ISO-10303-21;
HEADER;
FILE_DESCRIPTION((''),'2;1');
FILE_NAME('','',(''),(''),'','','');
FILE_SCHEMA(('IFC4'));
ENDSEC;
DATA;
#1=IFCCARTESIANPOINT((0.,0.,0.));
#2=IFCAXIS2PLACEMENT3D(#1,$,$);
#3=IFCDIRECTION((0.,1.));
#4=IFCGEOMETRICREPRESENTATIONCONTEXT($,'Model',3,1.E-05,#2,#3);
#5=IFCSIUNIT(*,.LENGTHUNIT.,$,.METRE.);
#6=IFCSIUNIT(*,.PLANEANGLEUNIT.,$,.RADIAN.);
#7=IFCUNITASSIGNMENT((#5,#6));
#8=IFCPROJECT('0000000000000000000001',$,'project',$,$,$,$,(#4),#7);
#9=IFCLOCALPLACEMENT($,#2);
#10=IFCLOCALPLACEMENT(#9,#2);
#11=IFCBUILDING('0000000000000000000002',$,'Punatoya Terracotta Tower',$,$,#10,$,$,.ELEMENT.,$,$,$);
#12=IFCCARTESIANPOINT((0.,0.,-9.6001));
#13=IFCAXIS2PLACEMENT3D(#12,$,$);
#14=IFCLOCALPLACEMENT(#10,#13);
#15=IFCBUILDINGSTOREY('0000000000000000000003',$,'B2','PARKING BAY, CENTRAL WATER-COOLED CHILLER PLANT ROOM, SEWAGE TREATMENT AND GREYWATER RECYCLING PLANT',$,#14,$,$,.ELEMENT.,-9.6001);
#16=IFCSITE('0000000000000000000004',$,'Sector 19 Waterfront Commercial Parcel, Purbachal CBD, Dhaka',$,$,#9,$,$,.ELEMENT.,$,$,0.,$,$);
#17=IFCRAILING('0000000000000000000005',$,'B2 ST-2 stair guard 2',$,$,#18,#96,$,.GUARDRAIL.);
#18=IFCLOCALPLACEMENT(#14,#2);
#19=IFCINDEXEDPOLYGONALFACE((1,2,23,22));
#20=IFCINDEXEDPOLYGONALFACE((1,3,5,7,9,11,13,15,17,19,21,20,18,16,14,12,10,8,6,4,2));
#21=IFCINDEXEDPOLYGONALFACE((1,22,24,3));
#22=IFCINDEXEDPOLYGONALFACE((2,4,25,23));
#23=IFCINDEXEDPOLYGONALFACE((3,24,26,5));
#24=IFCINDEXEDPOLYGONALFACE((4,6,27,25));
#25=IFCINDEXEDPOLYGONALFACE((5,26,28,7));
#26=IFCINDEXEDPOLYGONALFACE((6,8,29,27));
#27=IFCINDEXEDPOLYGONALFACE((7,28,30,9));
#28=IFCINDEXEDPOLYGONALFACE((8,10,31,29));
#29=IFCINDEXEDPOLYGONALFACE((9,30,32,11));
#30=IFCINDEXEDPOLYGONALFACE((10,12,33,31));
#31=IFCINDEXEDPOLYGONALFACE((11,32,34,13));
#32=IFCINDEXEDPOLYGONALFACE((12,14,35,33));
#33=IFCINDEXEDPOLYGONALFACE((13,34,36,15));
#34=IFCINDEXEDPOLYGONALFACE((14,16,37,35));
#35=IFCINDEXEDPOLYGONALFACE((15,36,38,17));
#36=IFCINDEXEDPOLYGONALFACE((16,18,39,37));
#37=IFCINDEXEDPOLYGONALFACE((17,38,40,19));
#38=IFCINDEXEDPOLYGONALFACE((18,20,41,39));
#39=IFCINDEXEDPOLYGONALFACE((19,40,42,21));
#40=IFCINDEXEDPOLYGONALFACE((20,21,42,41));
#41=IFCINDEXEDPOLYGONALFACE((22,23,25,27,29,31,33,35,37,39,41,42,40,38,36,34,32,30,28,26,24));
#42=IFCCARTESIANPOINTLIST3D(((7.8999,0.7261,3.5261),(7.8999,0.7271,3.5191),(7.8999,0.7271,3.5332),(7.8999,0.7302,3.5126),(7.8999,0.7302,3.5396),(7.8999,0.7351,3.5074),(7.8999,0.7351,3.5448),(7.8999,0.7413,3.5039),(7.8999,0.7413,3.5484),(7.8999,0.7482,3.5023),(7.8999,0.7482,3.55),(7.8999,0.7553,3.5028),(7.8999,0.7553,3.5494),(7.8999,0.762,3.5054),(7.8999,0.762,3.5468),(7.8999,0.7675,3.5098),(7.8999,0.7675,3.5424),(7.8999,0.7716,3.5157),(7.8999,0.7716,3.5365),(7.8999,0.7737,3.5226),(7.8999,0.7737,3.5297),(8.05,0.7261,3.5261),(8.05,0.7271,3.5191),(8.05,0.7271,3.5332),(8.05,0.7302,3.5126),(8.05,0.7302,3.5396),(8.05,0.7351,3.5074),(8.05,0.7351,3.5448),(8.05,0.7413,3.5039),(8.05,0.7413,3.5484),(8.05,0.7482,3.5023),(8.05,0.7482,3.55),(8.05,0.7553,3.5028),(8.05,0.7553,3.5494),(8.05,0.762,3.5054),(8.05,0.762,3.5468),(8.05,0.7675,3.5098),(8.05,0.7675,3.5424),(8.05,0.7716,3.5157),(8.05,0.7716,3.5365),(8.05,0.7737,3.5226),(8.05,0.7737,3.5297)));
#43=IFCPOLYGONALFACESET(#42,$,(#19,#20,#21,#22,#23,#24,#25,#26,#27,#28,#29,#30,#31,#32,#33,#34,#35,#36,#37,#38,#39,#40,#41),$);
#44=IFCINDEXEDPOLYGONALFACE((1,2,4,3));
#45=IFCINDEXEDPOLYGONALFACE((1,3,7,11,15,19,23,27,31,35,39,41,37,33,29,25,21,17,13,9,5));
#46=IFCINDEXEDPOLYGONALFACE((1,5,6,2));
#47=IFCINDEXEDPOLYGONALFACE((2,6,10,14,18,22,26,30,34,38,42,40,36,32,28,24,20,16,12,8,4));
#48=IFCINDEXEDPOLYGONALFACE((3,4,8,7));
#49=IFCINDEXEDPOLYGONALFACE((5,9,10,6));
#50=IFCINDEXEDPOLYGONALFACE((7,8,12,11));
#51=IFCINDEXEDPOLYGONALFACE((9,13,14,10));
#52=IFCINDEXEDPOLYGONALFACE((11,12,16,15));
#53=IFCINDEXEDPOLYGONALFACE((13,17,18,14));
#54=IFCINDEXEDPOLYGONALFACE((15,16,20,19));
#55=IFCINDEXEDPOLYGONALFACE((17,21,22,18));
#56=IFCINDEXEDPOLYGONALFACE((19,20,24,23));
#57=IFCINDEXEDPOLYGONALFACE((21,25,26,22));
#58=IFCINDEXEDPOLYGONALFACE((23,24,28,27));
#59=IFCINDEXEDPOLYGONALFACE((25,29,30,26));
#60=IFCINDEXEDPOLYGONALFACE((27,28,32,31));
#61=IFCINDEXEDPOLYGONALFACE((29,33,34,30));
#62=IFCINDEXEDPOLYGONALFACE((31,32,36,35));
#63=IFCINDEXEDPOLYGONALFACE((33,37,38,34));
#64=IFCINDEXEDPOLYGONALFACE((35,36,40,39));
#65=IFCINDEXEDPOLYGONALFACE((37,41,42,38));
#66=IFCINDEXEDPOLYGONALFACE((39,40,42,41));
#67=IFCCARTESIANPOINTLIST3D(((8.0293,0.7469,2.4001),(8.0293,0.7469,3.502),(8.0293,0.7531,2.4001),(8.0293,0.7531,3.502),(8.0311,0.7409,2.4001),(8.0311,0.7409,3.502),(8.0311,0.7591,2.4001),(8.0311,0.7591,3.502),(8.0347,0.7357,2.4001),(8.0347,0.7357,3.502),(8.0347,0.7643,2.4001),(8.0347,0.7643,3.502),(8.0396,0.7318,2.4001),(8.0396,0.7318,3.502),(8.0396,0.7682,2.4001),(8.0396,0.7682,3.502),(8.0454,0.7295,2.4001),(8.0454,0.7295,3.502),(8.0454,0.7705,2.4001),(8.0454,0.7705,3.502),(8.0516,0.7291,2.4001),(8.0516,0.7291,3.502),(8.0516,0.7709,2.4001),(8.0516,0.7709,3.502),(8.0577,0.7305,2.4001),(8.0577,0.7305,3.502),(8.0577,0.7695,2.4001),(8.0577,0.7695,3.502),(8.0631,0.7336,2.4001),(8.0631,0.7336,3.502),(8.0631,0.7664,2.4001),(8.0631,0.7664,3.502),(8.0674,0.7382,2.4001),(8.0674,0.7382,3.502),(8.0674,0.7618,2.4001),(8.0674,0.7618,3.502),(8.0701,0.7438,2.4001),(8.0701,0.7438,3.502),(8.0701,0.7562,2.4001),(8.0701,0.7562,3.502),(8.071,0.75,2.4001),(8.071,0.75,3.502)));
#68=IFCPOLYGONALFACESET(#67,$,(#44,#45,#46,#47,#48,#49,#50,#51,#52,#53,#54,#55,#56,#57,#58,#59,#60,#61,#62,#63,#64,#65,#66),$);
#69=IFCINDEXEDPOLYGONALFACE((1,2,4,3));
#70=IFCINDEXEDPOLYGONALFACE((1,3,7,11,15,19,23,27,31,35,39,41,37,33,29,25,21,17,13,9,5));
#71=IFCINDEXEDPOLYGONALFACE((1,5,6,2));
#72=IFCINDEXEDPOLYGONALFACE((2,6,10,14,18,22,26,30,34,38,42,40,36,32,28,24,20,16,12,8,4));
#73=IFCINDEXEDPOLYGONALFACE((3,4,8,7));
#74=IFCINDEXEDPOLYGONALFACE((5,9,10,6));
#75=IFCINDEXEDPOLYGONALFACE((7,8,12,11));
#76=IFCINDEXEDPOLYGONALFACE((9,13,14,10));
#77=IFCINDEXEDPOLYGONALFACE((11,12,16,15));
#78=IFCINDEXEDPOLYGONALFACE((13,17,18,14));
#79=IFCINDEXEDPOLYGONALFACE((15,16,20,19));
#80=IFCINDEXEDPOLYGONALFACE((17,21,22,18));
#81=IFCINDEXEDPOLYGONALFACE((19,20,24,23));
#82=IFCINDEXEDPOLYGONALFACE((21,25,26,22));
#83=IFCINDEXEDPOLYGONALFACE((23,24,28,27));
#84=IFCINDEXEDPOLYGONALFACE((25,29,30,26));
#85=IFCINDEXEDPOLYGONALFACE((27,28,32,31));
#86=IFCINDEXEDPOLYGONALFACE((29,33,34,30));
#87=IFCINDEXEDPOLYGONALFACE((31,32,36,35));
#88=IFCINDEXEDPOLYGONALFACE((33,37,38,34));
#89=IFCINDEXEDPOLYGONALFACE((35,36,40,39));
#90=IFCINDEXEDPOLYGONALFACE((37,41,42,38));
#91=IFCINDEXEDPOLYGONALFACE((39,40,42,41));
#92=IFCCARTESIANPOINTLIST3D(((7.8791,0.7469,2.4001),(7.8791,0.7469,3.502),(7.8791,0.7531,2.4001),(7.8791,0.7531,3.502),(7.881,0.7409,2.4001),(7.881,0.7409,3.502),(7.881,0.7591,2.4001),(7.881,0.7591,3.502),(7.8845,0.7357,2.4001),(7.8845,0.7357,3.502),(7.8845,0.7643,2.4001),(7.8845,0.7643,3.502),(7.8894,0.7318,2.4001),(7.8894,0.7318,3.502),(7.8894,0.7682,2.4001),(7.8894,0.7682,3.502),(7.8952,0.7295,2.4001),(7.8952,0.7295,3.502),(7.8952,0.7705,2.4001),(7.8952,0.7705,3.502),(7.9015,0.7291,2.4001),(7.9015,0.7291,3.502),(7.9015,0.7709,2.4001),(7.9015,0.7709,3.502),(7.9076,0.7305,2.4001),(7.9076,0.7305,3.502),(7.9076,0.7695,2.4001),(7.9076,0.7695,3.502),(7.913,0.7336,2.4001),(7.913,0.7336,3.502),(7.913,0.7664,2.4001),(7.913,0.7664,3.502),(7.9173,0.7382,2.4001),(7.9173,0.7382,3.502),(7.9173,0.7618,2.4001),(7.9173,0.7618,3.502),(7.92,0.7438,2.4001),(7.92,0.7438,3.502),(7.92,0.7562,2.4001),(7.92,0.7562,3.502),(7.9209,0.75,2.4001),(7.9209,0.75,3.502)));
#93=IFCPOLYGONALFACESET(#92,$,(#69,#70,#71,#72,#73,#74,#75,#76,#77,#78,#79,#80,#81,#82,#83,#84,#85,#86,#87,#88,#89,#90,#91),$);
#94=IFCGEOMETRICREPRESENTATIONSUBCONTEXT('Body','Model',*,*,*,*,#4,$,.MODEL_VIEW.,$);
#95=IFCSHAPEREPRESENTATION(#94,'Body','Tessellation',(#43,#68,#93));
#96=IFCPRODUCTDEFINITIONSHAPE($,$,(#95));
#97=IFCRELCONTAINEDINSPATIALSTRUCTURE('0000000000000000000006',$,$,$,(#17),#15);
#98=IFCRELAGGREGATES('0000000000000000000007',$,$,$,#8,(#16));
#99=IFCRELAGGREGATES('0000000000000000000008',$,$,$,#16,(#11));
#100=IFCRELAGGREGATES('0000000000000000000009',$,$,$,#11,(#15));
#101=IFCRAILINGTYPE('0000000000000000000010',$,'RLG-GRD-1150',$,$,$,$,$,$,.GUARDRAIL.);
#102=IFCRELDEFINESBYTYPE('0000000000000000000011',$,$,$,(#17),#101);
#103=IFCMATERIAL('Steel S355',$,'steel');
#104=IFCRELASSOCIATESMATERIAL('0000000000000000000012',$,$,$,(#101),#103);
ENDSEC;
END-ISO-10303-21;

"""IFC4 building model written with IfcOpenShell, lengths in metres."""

from ifc_helpers import new_model, si_unit, direction, frame, origin, origin_2d, place, context, subcontext, project, spatial, circle, extrude, material, type_object, element, save


model = new_model("IFC4")

# Units and contexts
model_context = context("Model", 3, precision=1e-05, world=origin(), true_north=direction((0.0, 1.0)))
body_context = subcontext(model_context, "Body", "Model", "MODEL_VIEW")
ifc_project = project(units=[si_unit("LENGTHUNIT", "METRE"), si_unit("PLANEANGLEUNIT", "RADIAN")], contexts=[model_context])

# Site, building, storey
site_placement = place(None, origin())
site = spatial("IfcSite", under=ifc_project, at=site_placement, Name="Sector 19 Waterfront Commercial Parcel, Purbachal CBD, Dhaka", CompositionType="ELEMENT", RefElevation=0.0)
building_placement = place(site_placement, origin())
building = spatial("IfcBuilding", under=site, at=building_placement, Name="Punatoya Terracotta Tower", CompositionType="ELEMENT")
storey_placement = place(building_placement, frame((0.0, 0.0, -9.6001)))
storey = spatial("IfcBuildingStorey", under=building, at=storey_placement, Name="B2", Description="PARKING BAY, CENTRAL WATER-COOLED CHILLER PLANT ROOM, SEWAGE TREATMENT AND GREYWATER RECYCLING PLANT", CompositionType="ELEMENT", Elevation=-9.6001)

# Shared definitions
ifc_material_1 = material(Name="Steel S355", Category="steel")

# Railing
railing_type_1 = type_object("IfcRailingType", Name="RLG-GRD-1150", PredefinedType="GUARDRAIL", material=ifc_material_1)
railing_1_placement = place(storey_placement, frame((8.05, 0.75, 2.4001)))
element("IfcRailing", 1, at=railing_1_placement, inside=storey, type_object=railing_type_1, Name="B2 ST-2 stair guard 2", PredefinedType="GUARDRAIL", context=body_context, shape_type="SweptSolid", body=[
    extrude(circle(Radius=0.0239, at=origin_2d()), frame((0.0, 0.0, 1.126), z_axis=(-1.0, 0.0, 0.0), x_axis=(0.0, -1.0, 0.0)), (0.0, 0.0, 1.0), 0.1501),
    extrude(circle(Radius=0.021, at=origin_2d()), origin(), (0.0, 0.0, 1.0), 1.1018),
    extrude(circle(Radius=0.021, at=origin_2d()), frame((-0.1501, 0.0, 0.0)), (0.0, 0.0, 1.0), 1.1018),
])

save(model, "model.ifc")
